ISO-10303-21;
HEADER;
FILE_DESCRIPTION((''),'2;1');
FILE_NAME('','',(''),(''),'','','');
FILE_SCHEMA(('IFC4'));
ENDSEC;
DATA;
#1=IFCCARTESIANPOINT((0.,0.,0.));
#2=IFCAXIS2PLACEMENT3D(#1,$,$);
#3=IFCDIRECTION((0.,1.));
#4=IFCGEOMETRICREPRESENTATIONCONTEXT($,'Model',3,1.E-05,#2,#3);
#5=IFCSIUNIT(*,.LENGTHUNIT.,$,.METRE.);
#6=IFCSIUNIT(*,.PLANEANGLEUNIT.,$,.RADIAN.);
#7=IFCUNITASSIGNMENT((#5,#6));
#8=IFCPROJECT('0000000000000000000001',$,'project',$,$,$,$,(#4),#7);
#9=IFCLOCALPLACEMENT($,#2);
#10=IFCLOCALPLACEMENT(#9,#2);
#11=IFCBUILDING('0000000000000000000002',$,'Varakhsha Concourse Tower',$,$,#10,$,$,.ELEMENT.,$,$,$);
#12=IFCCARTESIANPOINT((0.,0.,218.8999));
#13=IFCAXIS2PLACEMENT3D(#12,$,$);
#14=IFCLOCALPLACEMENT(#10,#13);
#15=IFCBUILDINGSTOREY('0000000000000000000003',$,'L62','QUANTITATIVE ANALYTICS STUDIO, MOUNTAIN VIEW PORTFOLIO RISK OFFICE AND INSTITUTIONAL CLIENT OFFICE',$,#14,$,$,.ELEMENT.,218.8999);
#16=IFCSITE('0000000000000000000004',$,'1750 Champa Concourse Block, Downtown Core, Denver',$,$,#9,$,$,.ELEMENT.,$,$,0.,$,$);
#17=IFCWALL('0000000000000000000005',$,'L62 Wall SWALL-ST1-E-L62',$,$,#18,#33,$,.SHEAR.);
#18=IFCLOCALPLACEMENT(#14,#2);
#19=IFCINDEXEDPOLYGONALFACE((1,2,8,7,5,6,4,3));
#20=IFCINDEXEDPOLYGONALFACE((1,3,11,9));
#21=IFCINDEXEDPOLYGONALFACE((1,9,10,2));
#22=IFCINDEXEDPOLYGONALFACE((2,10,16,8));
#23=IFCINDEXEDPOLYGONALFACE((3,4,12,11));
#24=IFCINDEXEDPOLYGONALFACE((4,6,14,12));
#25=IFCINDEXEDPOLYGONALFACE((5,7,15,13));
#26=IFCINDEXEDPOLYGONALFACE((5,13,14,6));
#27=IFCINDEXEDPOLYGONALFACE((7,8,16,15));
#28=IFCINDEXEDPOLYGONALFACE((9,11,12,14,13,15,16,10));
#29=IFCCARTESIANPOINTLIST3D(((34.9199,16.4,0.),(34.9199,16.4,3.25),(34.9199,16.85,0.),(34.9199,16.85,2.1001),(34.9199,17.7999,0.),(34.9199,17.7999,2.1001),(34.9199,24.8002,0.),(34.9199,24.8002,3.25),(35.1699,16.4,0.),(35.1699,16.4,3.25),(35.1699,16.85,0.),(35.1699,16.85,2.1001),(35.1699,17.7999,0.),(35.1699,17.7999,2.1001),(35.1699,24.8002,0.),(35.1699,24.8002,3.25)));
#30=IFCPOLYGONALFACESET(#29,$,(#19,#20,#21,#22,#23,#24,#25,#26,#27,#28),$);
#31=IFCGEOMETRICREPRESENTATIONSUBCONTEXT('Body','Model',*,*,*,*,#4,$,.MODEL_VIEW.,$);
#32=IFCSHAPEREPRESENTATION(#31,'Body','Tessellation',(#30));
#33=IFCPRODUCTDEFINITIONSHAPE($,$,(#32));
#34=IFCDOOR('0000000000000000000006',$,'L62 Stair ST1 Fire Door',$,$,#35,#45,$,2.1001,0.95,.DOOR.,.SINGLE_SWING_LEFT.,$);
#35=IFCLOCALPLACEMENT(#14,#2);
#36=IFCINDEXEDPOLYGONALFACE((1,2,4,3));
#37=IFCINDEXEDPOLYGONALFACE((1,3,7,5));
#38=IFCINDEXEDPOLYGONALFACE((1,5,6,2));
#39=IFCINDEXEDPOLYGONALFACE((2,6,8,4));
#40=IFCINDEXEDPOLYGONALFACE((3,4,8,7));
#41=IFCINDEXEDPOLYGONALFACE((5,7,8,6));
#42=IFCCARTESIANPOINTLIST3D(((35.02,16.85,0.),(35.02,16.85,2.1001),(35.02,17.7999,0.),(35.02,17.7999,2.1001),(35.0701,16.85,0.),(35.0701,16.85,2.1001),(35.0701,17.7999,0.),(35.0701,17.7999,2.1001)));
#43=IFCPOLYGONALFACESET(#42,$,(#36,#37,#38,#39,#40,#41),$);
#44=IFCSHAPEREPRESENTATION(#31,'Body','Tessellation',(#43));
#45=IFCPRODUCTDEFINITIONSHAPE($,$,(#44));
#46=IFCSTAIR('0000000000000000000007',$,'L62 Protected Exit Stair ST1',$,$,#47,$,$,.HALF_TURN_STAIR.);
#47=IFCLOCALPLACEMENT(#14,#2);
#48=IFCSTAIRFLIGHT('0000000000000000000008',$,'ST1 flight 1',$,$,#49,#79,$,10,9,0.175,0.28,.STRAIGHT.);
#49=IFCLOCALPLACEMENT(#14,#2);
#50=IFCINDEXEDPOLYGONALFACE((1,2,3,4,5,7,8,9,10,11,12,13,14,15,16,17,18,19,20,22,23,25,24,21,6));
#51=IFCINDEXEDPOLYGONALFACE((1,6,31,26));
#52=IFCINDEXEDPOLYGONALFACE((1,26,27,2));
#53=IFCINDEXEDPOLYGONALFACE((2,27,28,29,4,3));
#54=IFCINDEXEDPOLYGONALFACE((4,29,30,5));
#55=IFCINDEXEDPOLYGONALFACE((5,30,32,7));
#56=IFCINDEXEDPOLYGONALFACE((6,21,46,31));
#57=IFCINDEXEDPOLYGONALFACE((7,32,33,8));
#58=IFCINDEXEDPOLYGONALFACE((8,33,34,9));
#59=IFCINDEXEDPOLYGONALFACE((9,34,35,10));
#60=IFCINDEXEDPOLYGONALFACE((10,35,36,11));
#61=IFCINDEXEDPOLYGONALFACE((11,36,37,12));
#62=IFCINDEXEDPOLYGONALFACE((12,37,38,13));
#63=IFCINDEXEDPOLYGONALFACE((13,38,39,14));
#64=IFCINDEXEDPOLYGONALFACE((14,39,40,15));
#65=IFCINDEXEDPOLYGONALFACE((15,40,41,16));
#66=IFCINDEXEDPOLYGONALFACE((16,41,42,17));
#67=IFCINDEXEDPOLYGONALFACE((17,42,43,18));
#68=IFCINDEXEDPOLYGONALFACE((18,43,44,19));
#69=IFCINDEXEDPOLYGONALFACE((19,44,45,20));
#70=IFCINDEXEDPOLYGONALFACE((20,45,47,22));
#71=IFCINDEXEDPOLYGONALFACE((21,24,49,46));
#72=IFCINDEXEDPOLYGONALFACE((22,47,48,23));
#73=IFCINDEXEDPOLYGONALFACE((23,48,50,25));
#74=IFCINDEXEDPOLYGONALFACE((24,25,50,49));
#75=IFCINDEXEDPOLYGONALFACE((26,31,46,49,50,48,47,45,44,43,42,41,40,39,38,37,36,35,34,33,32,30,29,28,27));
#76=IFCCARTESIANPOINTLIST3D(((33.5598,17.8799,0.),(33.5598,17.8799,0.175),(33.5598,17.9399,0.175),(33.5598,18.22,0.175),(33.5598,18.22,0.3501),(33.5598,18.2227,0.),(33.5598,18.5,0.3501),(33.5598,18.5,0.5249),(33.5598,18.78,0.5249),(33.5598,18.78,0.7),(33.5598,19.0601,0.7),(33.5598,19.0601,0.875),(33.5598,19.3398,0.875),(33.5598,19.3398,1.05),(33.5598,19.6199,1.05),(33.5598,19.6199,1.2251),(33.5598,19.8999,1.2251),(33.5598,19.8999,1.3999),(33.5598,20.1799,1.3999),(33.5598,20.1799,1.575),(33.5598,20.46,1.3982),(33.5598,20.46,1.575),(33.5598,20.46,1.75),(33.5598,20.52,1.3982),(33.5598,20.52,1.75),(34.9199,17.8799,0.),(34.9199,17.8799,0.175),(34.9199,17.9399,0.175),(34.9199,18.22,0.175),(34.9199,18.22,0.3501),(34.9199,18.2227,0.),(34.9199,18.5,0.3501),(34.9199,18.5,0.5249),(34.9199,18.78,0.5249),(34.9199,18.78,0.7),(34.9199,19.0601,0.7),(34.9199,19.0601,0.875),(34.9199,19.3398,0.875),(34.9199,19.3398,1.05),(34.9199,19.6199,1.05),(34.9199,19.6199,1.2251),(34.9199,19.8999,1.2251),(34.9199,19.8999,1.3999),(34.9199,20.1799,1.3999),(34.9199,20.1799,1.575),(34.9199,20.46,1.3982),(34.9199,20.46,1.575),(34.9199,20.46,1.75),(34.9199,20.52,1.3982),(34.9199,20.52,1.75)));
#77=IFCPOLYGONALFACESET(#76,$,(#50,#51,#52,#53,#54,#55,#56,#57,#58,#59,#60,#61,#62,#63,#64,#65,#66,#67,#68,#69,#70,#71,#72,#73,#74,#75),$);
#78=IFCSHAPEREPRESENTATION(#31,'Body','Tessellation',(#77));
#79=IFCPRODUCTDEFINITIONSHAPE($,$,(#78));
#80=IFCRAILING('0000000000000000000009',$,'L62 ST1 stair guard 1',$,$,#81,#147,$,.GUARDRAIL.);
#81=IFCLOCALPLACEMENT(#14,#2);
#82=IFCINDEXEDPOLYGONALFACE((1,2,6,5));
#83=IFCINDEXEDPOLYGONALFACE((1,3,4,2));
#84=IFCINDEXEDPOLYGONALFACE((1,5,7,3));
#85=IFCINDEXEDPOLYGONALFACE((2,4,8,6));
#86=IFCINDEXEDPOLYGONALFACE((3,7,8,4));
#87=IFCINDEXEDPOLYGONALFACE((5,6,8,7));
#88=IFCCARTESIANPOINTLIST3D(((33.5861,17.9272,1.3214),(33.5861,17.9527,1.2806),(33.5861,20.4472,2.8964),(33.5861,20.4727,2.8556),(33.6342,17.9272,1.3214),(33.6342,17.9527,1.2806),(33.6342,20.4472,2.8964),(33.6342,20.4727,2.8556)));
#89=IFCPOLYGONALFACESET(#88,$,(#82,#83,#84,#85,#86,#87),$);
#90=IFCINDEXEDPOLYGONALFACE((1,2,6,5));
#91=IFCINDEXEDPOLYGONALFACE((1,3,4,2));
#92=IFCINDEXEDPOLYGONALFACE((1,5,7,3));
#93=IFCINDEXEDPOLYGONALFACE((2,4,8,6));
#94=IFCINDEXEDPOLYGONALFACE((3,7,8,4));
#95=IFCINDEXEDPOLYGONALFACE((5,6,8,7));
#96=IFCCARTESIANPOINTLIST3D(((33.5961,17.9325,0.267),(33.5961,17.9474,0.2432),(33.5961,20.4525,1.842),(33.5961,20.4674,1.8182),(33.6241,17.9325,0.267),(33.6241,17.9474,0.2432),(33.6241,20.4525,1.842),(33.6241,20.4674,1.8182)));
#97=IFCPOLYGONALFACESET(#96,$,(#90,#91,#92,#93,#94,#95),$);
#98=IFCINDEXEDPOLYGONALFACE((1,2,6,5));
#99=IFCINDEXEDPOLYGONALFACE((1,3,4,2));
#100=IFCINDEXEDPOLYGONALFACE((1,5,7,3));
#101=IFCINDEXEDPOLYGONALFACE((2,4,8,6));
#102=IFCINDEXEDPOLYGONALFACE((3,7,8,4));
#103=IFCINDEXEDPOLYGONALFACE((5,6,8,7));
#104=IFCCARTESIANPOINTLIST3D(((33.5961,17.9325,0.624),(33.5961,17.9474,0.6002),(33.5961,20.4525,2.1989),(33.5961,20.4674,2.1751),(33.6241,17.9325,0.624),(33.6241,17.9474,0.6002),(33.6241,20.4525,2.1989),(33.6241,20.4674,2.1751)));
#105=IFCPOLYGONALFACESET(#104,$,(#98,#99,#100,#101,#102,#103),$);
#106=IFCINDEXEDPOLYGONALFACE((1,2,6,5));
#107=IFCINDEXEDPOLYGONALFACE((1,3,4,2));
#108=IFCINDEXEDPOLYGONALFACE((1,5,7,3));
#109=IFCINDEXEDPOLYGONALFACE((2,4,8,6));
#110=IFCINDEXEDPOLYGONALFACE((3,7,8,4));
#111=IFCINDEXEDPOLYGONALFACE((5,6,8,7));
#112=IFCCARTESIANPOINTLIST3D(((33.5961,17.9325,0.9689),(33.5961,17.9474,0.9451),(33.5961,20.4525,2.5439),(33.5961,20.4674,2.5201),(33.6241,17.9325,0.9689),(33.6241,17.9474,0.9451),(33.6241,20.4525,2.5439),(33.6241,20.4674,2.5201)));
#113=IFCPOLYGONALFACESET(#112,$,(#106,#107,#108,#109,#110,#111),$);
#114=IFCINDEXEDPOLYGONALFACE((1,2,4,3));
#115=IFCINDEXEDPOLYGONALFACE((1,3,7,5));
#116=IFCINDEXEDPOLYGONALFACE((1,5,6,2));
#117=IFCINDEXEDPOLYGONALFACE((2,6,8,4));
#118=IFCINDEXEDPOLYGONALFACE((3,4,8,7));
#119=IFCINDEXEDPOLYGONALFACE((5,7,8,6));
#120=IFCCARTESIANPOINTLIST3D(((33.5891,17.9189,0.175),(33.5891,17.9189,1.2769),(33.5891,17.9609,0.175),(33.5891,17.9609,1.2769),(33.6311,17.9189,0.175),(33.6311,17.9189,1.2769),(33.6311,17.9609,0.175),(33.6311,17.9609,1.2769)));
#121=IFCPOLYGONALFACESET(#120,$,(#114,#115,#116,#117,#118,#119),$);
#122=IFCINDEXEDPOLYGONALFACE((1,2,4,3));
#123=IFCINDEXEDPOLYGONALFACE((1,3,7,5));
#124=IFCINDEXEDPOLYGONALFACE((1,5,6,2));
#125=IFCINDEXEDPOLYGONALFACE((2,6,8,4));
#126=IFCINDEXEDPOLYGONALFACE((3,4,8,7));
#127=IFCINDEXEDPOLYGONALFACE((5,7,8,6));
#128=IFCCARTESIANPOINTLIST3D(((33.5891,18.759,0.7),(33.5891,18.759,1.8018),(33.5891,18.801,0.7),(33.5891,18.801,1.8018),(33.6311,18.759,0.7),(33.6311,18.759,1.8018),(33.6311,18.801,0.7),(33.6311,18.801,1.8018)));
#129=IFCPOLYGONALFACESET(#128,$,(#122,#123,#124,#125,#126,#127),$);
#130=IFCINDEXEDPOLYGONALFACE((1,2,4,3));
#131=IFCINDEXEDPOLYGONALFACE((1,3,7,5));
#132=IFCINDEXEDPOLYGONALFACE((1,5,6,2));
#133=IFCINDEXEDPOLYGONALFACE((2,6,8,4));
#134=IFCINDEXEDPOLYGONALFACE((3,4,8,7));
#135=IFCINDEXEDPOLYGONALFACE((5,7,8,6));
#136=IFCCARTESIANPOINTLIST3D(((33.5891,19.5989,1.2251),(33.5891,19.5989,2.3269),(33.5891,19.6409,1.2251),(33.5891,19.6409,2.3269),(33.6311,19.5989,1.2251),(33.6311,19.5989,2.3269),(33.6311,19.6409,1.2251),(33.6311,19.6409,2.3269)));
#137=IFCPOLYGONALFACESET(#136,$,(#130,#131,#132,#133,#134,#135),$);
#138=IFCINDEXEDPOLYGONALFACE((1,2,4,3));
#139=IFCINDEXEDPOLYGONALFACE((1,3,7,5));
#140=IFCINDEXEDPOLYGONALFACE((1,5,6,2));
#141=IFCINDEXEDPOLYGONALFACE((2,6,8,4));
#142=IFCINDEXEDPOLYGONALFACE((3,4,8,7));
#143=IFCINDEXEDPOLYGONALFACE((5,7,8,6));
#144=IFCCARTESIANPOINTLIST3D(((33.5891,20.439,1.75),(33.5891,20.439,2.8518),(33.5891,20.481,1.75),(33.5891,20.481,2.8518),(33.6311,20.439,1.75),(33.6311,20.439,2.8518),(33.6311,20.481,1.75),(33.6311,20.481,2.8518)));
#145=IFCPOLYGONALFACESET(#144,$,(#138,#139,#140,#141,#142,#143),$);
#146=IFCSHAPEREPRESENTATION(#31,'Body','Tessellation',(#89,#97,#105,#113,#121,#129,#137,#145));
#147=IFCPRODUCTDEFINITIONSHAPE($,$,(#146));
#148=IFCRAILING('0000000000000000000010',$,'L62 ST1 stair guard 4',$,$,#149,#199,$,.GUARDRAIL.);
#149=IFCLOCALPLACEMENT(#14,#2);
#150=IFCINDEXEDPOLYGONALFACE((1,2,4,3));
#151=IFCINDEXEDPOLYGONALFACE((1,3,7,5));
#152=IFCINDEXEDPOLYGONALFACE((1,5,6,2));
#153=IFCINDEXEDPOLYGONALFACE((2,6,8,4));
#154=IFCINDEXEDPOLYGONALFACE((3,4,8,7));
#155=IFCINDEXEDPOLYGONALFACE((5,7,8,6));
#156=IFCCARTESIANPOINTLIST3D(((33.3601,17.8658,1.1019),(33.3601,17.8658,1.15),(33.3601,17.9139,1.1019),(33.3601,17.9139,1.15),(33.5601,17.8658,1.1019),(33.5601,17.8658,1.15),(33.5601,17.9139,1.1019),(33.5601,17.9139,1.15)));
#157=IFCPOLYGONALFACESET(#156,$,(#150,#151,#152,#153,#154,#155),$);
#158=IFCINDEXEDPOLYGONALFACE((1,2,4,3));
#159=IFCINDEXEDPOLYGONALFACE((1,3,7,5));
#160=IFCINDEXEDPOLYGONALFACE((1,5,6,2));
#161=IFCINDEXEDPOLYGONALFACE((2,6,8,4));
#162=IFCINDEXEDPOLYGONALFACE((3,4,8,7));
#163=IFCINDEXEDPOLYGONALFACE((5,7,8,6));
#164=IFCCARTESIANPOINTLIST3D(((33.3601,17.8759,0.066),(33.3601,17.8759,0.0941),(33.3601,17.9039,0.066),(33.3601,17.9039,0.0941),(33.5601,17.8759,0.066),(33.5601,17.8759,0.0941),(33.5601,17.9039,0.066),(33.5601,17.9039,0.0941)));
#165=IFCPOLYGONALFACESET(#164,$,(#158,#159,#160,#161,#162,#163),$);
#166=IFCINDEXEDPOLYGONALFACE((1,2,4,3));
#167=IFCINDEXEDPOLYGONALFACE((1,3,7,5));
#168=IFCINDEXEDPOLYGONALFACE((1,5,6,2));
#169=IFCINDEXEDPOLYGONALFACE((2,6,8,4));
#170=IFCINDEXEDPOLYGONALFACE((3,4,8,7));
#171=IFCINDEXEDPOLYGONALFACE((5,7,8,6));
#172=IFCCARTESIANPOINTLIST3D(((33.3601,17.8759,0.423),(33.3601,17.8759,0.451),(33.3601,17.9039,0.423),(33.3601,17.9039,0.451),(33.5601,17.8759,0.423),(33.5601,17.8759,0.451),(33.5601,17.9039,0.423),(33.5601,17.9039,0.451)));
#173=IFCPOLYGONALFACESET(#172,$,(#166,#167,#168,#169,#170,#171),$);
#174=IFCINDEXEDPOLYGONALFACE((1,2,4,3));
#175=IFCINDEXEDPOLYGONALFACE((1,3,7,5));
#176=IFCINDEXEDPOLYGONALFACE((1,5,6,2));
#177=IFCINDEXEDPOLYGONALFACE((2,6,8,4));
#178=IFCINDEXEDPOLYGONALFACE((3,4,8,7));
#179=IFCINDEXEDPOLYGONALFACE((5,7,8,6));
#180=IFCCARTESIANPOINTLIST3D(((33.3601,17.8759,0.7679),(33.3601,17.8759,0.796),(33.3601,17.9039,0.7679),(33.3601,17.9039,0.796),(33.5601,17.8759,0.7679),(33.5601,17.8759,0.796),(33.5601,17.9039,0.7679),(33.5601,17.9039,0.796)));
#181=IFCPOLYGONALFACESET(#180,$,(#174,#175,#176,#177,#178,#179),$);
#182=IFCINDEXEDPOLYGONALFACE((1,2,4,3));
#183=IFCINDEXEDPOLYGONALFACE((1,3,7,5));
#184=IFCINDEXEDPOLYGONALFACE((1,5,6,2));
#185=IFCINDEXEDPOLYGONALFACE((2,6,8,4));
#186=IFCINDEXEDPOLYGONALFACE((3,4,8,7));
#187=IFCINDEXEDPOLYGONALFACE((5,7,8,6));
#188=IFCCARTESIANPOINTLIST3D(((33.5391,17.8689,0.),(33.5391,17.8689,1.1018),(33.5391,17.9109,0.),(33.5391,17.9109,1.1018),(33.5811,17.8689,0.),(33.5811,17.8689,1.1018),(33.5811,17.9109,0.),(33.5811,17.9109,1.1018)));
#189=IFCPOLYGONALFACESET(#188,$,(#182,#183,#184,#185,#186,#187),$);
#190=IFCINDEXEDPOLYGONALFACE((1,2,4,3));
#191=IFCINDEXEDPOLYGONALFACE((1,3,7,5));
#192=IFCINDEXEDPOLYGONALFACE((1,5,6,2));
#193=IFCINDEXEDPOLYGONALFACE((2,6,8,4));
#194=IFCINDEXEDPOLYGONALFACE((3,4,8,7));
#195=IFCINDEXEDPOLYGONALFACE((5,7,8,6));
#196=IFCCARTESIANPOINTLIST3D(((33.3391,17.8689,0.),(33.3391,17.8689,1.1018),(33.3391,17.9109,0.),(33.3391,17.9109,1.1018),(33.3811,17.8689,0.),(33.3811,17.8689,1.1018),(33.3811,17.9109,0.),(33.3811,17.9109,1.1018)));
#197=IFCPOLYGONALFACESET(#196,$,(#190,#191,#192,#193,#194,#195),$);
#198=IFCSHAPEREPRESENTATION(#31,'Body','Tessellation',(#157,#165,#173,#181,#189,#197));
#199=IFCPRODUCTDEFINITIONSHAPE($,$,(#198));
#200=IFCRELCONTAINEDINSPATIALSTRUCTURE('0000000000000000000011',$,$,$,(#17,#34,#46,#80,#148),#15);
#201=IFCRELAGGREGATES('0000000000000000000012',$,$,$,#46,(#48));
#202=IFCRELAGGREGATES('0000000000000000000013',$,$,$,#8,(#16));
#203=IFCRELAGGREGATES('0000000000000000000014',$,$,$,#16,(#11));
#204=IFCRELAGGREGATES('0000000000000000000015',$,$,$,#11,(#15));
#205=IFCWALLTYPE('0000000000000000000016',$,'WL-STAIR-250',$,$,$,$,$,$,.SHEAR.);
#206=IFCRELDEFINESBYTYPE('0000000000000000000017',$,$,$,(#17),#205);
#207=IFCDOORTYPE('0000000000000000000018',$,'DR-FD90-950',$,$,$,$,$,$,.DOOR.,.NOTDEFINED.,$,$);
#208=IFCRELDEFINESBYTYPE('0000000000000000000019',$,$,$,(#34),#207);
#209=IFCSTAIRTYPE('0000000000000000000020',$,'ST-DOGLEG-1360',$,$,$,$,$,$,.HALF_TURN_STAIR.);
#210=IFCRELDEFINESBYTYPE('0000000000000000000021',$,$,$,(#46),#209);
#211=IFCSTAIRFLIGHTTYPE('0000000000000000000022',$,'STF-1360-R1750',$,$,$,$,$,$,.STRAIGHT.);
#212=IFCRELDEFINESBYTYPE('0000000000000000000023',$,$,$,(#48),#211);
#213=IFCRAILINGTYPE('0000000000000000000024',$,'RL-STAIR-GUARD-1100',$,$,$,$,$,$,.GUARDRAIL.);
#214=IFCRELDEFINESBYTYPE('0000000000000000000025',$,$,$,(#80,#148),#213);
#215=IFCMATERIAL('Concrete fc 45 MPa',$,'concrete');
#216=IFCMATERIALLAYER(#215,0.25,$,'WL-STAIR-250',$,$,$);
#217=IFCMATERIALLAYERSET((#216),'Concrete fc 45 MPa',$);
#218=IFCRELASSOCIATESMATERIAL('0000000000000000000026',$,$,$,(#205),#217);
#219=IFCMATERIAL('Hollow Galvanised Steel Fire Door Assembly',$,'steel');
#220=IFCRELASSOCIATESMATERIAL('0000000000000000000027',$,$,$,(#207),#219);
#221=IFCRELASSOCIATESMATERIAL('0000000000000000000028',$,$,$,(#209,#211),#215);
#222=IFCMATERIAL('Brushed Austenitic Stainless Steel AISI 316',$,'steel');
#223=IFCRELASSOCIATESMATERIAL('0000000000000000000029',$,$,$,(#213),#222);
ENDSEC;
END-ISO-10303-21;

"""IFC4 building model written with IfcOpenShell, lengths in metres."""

from ifc_helpers import new_model, si_unit, direction, frame, frame_2d, origin, origin_2d, place, context, subcontext, project, spatial, polyline, rectangle, outline, extrude, material, layer, layer_set, type_object, element, fill, aggregate, save


model = new_model("IFC4")

# Units and contexts
model_context = context("Model", 3, precision=1e-05, world=origin(), true_north=direction((0.0, 1.0)))
body_context = subcontext(model_context, "Body", "Model", "MODEL_VIEW")
ifc_project = project(units=[si_unit("LENGTHUNIT", "METRE"), si_unit("PLANEANGLEUNIT", "RADIAN")], contexts=[model_context])

# Site, building, storey
site_placement = place(None, origin())
site = spatial("IfcSite", under=ifc_project, at=site_placement, Name="1750 Champa Concourse Block, Downtown Core, Denver", CompositionType="ELEMENT", RefElevation=0.0)
building_placement = place(site_placement, origin())
building = spatial("IfcBuilding", under=site, at=building_placement, Name="Varakhsha Concourse Tower", CompositionType="ELEMENT")
storey_placement = place(building_placement, frame((0.0, 0.0, 218.8999)))
storey = spatial("IfcBuildingStorey", under=building, at=storey_placement, Name="L62", Description="QUANTITATIVE ANALYTICS STUDIO, MOUNTAIN VIEW PORTFOLIO RISK OFFICE AND INSTITUTIONAL CLIENT OFFICE", CompositionType="ELEMENT", Elevation=218.8999)

# Shared definitions
ifc_material_1 = material(Name="Hollow Galvanised Steel Fire Door Assembly", Category="steel")

# Wall, opening, door
ifc_material_2 = material(Name="Concrete fc 45 MPa", Category="concrete")
ifc_layer_1 = layer(ifc_material_2, 0.25, Name="WL-STAIR-250")
ifc_layer_set_1 = layer_set([ifc_layer_1], Name="Concrete fc 45 MPa")
wall_type_1 = type_object("IfcWallType", Name="WL-STAIR-250", PredefinedType="SHEAR", material=ifc_layer_set_1)
wall_1_placement = place(storey_placement, frame((35.0449, 16.3999, 0.0), z_axis=(0.0, 0.0, 1.0), x_axis=(0.0, 1.0, 0.0)))
wall_1 = element("IfcWall", 1, at=wall_1_placement, inside=storey, type_object=wall_type_1, Name="L62 Wall SWALL-ST1-E-L62", PredefinedType="SHEAR", context=body_context, shape_type="SweptSolid", body=[
    extrude(rectangle(XDim=8.4001, YDim=0.25, at=frame_2d((4.2002, 0.0))), origin(), (0.0, 0.0, 1.0), 3.25),
])
opening_1_placement = place(wall_1_placement, frame((0.45, 0.0, 0.0)))
opening_1 = element("IfcOpeningElement", 2, at=opening_1_placement, cuts=wall_1, PredefinedType="OPENING", context=body_context, shape_type="SweptSolid", body=[
    extrude(rectangle(XDim=0.95, YDim=2.1001, at=frame_2d((0.4751, 1.05))), frame((0.0, 0.135, 0.0), z_axis=(0.0, -1.0, 0.0), x_axis=(1.0, 0.0, 0.0)), (0.0, 0.0, 1.0), 0.27),
])
door_type_1 = type_object("IfcDoorType", Name="DR-FD90-950", OperationType="NOTDEFINED", PredefinedType="DOOR", material=ifc_material_1)
door_1_placement = place(opening_1_placement, origin())
door_1 = element("IfcDoor", 3, at=door_1_placement, inside=storey, type_object=door_type_1, Name="L62 Stair ST1 Fire Door", OperationType="SINGLE_SWING_LEFT", OverallHeight=2.1001, OverallWidth=0.95, PredefinedType="DOOR", context=body_context, shape_type="SweptSolid", body=[
    extrude(rectangle(XDim=0.95, YDim=2.1001, at=frame_2d((0.4751, 1.05))), frame((0.0, 0.0249, 0.0), z_axis=(0.0, -1.0, 0.0), x_axis=(1.0, 0.0, 0.0)), (0.0, 0.0, 1.0), 0.05),
])
fill(opening_1, door_1)

# Stair, stair flight
stair_type = type_object("IfcStairType", Name="ST-DOGLEG-1360", PredefinedType="HALF_TURN_STAIR", material=ifc_material_2)
stair_placement = place(storey_placement, origin())
stair = element("IfcStair", 4, at=stair_placement, inside=storey, type_object=stair_type, Name="L62 Protected Exit Stair ST1", PredefinedType="HALF_TURN_STAIR")
stair_flight_type = type_object("IfcStairFlightType", Name="STF-1360-R1750", PredefinedType="STRAIGHT", material=ifc_material_2)
stair_flight_placement = place(storey_placement, frame((34.24, 17.9399, 0.0), z_axis=(0.0, 0.0, 1.0), x_axis=(0.0, 1.0, 0.0)))
stair_flight = element("IfcStairFlight", 5, at=stair_flight_placement, type_object=stair_flight_type, Name="ST1 flight 1", NumberOfRisers=10, NumberOfTreads=9, PredefinedType="STRAIGHT", RiserHeight=0.175, TreadLength=0.28, context=body_context, shape_type="SweptSolid", body=[
    extrude(outline(polyline([(-0.0601, 0.0), (-0.0601, 0.175), (0.0, 0.175), (0.28, 0.175), (0.28, 0.3501), (0.5601, 0.3501), (0.5601, 0.5249), (0.8401, 0.5249), (0.8401, 0.7), (1.1201, 0.7), (1.1201, 0.875), (1.3999, 0.875), (1.3999, 1.05), (1.6799, 1.05), (1.6799, 1.2251), (1.96, 1.2251), (1.96, 1.3999), (2.24, 1.3999), (2.24, 1.575), (2.52, 1.575), (2.52, 1.75), (2.5801, 1.75), (2.5801, 1.3982), (2.52, 1.3982), (0.2827, 0.0), (-0.0601, 0.0)])), frame((0.0, 0.6802, 0.0), z_axis=(0.0, -1.0, 0.0), x_axis=(1.0, 0.0, 0.0)), (0.0, 0.0, 1.0), 1.3601),
])
aggregate(stair, [stair_flight])

# Railings
ifc_material_3 = material(Name="Brushed Austenitic Stainless Steel AISI 316", Category="steel")
railing_type_1 = type_object("IfcRailingType", Name="RL-STAIR-GUARD-1100", PredefinedType="GUARDRAIL", material=ifc_material_3)
railing_1_placement = place(storey_placement, frame((33.6101, 17.9399, 0.175)))
element("IfcRailing", 6, at=railing_1_placement, inside=storey, type_object=railing_type_1, Name="L62 ST1 stair guard 1", PredefinedType="GUARDRAIL", context=body_context, shape_type="SweptSolid", body=[
    extrude(rectangle(XDim=0.0481, YDim=0.0481, at=origin_2d()), frame((0.0, 0.0, 1.126), z_axis=(0.0, 0.848008, 0.529984), x_axis=(-1.0, 0.0, 0.0)), (0.0, 0.0, 1.0), 2.9717),
    extrude(rectangle(XDim=0.0281, YDim=0.0281, at=origin_2d()), frame((0.0, 0.0, 0.0801), z_axis=(0.0, 0.848008, 0.529984), x_axis=(-1.0, 0.0, 0.0)), (0.0, 0.0, 1.0), 2.9717),
    extrude(rectangle(XDim=0.0281, YDim=0.0281, at=origin_2d()), frame((0.0, 0.0, 0.437), z_axis=(0.0, 0.848008, 0.529984), x_axis=(-1.0, 0.0, 0.0)), (0.0, 0.0, 1.0), 2.9717),
    extrude(rectangle(XDim=0.0281, YDim=0.0281, at=origin_2d()), frame((0.0, 0.0, 0.782), z_axis=(0.0, 0.848008, 0.529984), x_axis=(-1.0, 0.0, 0.0)), (0.0, 0.0, 1.0), 2.9717),
    extrude(rectangle(XDim=0.042, YDim=0.042, at=origin_2d()), origin(), (0.0, 0.0, 1.0), 1.1018),
    extrude(rectangle(XDim=0.042, YDim=0.042, at=origin_2d()), frame((0.0, 0.8401, 0.5249)), (0.0, 0.0, 1.0), 1.1018),
    extrude(rectangle(XDim=0.042, YDim=0.042, at=origin_2d()), frame((0.0, 1.6799, 1.05)), (0.0, 0.0, 1.0), 1.1018),
    extrude(rectangle(XDim=0.042, YDim=0.042, at=origin_2d()), frame((0.0, 2.52, 1.575)), (0.0, 0.0, 1.0), 1.1018),
])
railing_2_placement = place(storey_placement, frame((33.5601, 17.8899, 0.0)))
element("IfcRailing", 7, at=railing_2_placement, inside=storey, type_object=railing_type_1, Name="L62 ST1 stair guard 4", PredefinedType="GUARDRAIL", context=body_context, shape_type="SweptSolid", body=[
    extrude(rectangle(XDim=0.0481, YDim=0.0481, at=origin_2d()), frame((0.0, 0.0, 1.126), z_axis=(-1.0, 0.0, 0.0), x_axis=(0.0, -1.0, 0.0)), (0.0, 0.0, 1.0), 0.2),
    extrude(rectangle(XDim=0.0281, YDim=0.0281, at=origin_2d()), frame((0.0, 0.0, 0.0801), z_axis=(-1.0, 0.0, 0.0), x_axis=(0.0, -1.0, 0.0)), (0.0, 0.0, 1.0), 0.2),
    extrude(rectangle(XDim=0.0281, YDim=0.0281, at=origin_2d()), frame((0.0, 0.0, 0.437), z_axis=(-1.0, 0.0, 0.0), x_axis=(0.0, -1.0, 0.0)), (0.0, 0.0, 1.0), 0.2),
    extrude(rectangle(XDim=0.0281, YDim=0.0281, at=origin_2d()), frame((0.0, 0.0, 0.782), z_axis=(-1.0, 0.0, 0.0), x_axis=(0.0, -1.0, 0.0)), (0.0, 0.0, 1.0), 0.2),
    extrude(rectangle(XDim=0.042, YDim=0.042, at=origin_2d()), origin(), (0.0, 0.0, 1.0), 1.1018),
    extrude(rectangle(XDim=0.042, YDim=0.042, at=origin_2d()), frame((-0.2, 0.0, 0.0)), (0.0, 0.0, 1.0), 1.1018),
])

save(model, "model.ifc")
